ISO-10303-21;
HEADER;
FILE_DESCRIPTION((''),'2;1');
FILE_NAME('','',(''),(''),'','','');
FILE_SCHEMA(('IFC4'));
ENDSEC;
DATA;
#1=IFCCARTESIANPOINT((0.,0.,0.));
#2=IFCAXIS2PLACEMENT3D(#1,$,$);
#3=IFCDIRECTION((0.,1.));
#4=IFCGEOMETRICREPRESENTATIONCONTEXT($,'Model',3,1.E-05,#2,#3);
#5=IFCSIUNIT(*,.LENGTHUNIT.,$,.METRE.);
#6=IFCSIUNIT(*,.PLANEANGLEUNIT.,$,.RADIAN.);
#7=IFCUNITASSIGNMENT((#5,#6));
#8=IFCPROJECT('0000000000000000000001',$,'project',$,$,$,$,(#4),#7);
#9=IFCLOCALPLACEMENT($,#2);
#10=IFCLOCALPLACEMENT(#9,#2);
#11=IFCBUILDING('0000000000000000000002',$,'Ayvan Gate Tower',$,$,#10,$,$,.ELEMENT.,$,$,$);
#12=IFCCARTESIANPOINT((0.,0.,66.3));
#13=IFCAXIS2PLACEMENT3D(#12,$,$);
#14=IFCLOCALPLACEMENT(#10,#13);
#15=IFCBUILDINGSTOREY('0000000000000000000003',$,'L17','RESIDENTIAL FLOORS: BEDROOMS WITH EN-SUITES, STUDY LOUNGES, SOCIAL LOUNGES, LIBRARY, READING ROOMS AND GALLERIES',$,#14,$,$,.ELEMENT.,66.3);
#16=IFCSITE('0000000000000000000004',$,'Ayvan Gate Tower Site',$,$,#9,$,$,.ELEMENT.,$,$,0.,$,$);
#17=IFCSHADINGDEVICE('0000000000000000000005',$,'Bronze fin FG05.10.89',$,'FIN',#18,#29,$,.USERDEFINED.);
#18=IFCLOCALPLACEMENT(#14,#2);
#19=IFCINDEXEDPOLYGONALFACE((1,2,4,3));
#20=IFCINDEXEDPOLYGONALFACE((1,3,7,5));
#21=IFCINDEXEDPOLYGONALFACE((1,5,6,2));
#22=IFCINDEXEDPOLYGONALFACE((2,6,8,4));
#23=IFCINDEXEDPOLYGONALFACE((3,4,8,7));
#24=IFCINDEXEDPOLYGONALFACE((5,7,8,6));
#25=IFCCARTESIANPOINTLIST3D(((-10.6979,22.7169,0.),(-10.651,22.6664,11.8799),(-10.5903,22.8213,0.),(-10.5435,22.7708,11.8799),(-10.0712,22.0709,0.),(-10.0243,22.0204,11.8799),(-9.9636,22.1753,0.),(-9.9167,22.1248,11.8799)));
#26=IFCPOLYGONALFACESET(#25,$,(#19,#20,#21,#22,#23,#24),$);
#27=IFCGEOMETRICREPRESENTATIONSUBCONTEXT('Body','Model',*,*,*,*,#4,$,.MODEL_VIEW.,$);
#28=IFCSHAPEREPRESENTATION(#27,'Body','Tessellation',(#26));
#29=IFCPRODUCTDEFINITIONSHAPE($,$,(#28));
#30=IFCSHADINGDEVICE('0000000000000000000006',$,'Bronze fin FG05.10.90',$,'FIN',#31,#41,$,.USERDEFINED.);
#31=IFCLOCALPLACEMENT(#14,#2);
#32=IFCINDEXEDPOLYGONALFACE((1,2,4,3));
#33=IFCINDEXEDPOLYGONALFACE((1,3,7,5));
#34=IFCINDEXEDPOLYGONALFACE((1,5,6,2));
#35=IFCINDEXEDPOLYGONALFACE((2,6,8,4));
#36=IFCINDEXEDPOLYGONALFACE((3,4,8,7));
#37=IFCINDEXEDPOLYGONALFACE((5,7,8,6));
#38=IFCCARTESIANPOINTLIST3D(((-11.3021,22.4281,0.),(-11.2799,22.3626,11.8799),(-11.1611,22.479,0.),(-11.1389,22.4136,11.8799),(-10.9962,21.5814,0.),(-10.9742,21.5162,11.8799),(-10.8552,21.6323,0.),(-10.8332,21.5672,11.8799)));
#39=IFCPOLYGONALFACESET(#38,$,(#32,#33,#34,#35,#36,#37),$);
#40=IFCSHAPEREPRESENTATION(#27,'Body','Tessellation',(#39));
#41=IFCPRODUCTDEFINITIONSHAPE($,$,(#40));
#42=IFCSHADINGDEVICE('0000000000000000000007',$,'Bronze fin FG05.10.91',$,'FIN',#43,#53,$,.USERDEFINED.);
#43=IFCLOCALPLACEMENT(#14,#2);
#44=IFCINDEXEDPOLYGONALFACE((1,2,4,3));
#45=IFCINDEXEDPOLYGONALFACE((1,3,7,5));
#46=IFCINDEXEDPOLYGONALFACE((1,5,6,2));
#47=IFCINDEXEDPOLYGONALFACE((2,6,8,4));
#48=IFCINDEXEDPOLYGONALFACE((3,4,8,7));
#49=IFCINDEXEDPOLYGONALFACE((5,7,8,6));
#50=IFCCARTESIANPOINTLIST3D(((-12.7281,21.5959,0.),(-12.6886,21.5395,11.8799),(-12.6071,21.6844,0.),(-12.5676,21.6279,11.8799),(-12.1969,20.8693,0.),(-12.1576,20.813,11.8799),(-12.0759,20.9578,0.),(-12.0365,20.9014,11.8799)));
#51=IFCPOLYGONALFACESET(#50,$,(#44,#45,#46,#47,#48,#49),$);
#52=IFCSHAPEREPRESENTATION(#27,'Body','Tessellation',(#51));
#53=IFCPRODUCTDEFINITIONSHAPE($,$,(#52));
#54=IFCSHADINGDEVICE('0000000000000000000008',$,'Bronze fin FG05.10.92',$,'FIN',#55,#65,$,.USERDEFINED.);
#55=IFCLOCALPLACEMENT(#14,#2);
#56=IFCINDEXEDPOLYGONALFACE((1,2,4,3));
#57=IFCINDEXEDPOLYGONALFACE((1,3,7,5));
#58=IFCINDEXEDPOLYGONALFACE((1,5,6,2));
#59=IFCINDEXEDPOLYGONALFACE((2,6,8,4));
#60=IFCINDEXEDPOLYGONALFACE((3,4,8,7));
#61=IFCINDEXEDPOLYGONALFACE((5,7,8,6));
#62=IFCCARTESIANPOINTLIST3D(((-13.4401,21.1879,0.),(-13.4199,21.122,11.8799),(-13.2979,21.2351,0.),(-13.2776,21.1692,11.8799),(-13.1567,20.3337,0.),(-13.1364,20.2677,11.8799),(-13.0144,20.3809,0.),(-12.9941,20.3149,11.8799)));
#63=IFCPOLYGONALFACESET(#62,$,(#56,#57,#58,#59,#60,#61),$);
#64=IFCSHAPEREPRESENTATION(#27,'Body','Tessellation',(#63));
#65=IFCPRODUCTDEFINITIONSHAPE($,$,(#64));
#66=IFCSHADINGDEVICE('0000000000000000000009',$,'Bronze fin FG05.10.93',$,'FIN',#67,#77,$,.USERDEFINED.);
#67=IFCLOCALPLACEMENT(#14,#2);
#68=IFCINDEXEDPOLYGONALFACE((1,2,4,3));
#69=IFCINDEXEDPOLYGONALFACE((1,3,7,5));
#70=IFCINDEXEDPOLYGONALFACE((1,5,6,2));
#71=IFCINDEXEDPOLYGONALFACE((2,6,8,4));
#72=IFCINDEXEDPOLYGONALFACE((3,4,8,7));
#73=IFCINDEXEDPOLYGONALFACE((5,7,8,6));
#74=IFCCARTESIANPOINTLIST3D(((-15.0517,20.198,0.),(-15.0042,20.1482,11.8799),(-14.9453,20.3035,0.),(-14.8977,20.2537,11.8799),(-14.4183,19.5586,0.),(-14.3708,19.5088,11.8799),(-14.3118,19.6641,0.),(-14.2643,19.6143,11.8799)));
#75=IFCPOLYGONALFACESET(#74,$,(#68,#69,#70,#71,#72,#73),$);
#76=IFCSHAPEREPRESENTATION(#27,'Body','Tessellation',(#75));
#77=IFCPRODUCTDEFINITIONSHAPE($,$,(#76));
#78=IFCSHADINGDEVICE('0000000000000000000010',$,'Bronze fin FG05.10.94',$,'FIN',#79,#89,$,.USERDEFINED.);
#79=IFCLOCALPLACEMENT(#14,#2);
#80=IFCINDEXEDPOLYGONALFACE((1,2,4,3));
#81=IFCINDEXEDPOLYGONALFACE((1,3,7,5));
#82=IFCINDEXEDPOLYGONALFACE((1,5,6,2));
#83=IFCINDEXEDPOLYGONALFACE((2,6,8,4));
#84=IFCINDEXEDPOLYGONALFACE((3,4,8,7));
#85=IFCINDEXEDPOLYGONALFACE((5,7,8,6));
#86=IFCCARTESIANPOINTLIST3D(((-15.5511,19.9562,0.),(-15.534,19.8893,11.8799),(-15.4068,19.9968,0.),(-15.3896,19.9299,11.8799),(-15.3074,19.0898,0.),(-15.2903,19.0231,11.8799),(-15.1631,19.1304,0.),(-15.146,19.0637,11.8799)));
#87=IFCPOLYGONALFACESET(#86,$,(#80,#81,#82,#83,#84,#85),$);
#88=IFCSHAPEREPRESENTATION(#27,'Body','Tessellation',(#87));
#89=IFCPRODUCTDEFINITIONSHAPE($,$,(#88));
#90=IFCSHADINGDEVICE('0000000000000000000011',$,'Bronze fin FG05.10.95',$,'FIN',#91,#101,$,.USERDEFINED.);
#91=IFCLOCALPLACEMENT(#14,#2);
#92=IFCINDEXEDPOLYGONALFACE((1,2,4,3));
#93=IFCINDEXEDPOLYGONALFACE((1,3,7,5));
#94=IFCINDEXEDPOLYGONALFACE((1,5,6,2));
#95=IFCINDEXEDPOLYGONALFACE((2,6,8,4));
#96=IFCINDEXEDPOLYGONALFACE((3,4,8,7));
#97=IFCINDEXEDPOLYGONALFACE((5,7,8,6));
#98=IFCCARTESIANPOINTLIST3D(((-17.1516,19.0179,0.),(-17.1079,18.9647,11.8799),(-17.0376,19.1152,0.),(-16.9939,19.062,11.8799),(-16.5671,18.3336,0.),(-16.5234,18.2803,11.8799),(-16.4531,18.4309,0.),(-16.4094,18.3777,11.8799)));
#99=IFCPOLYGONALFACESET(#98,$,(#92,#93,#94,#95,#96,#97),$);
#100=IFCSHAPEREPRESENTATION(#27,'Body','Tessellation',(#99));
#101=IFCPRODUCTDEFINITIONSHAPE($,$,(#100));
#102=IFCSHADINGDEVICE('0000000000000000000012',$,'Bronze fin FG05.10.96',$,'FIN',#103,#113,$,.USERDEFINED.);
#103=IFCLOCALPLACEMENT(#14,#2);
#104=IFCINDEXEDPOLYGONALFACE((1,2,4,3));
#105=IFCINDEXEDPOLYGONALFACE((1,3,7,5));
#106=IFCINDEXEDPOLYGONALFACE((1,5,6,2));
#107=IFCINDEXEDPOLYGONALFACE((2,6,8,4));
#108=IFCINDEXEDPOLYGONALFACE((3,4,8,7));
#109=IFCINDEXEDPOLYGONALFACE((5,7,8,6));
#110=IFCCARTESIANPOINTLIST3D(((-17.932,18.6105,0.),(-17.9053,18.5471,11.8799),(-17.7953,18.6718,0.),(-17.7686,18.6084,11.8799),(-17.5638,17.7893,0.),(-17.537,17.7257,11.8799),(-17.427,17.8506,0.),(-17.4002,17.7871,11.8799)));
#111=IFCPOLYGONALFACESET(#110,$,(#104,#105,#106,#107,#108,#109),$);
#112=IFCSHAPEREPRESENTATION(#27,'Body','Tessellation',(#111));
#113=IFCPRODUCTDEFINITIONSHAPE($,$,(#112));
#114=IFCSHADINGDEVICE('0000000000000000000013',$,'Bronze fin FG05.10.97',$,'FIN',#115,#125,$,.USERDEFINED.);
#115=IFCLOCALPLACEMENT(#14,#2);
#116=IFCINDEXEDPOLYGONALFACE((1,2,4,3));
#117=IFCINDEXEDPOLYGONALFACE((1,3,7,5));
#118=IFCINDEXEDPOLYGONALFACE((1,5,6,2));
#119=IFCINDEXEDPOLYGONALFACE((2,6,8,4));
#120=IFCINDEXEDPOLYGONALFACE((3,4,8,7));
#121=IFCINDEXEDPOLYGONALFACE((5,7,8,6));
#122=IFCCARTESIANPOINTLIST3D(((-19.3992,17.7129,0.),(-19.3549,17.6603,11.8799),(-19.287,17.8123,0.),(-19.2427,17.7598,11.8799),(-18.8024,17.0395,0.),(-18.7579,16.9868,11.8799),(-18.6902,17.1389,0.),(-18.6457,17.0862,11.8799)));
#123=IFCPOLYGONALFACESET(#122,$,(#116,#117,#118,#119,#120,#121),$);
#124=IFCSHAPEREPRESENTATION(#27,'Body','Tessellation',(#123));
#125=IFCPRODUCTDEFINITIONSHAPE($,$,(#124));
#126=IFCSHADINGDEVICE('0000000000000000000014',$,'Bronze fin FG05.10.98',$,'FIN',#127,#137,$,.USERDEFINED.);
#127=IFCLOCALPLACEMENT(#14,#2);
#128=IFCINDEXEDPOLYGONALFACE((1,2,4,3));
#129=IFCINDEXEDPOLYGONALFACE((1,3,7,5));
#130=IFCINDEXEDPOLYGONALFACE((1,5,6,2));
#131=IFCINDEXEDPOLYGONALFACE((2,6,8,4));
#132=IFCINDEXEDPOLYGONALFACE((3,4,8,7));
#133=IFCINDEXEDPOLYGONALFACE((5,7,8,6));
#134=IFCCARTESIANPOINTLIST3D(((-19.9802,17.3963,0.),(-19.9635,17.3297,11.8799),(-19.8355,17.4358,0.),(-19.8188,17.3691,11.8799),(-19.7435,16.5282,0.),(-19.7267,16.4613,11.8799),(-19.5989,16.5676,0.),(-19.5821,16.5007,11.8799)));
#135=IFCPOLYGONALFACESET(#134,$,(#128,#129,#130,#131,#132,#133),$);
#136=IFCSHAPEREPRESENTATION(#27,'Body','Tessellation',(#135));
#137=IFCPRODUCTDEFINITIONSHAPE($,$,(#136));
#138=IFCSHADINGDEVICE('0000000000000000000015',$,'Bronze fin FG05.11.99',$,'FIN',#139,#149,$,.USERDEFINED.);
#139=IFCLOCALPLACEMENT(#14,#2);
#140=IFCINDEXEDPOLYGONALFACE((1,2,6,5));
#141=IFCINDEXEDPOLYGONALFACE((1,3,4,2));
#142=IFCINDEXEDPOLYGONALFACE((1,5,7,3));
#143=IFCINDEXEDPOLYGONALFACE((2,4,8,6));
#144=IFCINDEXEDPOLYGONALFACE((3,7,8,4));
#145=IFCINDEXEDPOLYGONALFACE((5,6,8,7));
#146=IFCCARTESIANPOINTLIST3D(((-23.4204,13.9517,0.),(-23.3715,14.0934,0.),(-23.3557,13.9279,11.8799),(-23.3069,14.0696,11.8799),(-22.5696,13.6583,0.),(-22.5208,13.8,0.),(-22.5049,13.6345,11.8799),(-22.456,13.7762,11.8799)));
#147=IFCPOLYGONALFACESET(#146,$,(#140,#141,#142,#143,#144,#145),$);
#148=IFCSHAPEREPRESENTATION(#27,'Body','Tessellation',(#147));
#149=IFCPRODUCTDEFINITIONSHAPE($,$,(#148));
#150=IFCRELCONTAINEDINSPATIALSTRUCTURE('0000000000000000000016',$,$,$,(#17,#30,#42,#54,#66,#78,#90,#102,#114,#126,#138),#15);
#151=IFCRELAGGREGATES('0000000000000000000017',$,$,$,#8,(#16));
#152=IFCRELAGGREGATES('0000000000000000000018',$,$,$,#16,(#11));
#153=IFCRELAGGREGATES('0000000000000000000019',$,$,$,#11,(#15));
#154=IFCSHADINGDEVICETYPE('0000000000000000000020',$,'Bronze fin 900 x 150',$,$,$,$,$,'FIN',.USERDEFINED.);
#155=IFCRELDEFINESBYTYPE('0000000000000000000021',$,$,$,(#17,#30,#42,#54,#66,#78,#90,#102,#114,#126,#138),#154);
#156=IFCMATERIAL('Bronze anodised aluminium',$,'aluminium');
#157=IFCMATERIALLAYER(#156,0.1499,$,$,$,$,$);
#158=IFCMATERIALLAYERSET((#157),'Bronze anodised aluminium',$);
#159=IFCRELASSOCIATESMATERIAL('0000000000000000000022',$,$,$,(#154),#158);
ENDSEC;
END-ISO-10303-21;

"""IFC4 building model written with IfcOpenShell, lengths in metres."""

from ifc_helpers import new_model, si_unit, direction, frame, origin, place, context, subcontext, project, spatial, polyline, outline, extrude, material, layer, layer_set, type_object, element, save


model = new_model("IFC4")

# Units and contexts
model_context = context("Model", 3, precision=1e-05, world=origin(), true_north=direction((0.0, 1.0)))
body_context = subcontext(model_context, "Body", "Model", "MODEL_VIEW")
ifc_project = project(units=[si_unit("LENGTHUNIT", "METRE"), si_unit("PLANEANGLEUNIT", "RADIAN")], contexts=[model_context])

# Site, building, storey
site_placement = place(None, origin())
site = spatial("IfcSite", under=ifc_project, at=site_placement, Name="Ayvan Gate Tower Site", CompositionType="ELEMENT", RefElevation=0.0)
building_placement = place(site_placement, origin())
building = spatial("IfcBuilding", under=site, at=building_placement, Name="Ayvan Gate Tower", CompositionType="ELEMENT")
storey_placement = place(building_placement, frame((0.0, 0.0, 66.3)))
storey = spatial("IfcBuildingStorey", under=building, at=storey_placement, Name="L17", Description="RESIDENTIAL FLOORS: BEDROOMS WITH EN-SUITES, STUDY LOUNGES, SOCIAL LOUNGES, LIBRARY, READING ROOMS AND GALLERIES", CompositionType="ELEMENT", Elevation=66.3)

# Shared definitions
ifc_material_1 = material(Name="Bronze anodised aluminium", Category="aluminium")

# Shading devices
ifc_layer_1 = layer(ifc_material_1, 0.1499)
ifc_layer_set_1 = layer_set([ifc_layer_1], Name="Bronze anodised aluminium")
shading_device_type = type_object("IfcShadingDeviceType", Name="Bronze fin 900 x 150", ElementType="FIN", PredefinedType="USERDEFINED", material=ifc_layer_set_1)
shading_device_1_placement = place(storey_placement, frame((-9.9636, 22.1753, 0.0), z_axis=(0.71774, 0.696311, 0.00013), x_axis=(-0.696311, 0.71774, 0.0)))
element("IfcShadingDevice", 1, at=shading_device_1_placement, inside=storey, type_object=shading_device_type, Name="Bronze fin FG05.10.89", ObjectType="FIN", PredefinedType="USERDEFINED", context=body_context, shape_type="SweptSolid", body=[
    extrude(outline(polyline([(0.0, 0.0), (0.9, 0.0), (0.8311, 11.8799), (-0.0689, 11.8799), (0.0, 0.0)])), origin(), (0.0, 0.0, -1.0), 0.1499),
])
shading_device_2_placement = place(storey_placement, frame((-10.8552, 21.6323, 0.0), z_axis=(0.940524, 0.339728, 0.000118), x_axis=(-0.339728, 0.940524, 0.0)))
element("IfcShadingDevice", 2, at=shading_device_2_placement, inside=storey, type_object=shading_device_type, Name="Bronze fin FG05.10.90", ObjectType="FIN", PredefinedType="USERDEFINED", context=body_context, shape_type="SweptSolid", body=[
    extrude(outline(polyline([(0.0, 0.0), (0.9002, 0.0), (0.8312, 11.8799), (-0.0688, 11.8799), (0.0, 0.0)])), origin(), (0.0, 0.0, -1.0), 0.1499),
])
shading_device_3_placement = place(storey_placement, frame((-12.0759, 20.9578, 0.0), z_axis=(0.807297, 0.590146, 0.000122), x_axis=(-0.590146, 0.807297, 0.0)))
element("IfcShadingDevice", 3, at=shading_device_3_placement, inside=storey, type_object=shading_device_type, Name="Bronze fin FG05.10.91", ObjectType="FIN", PredefinedType="USERDEFINED", context=body_context, shape_type="SweptSolid", body=[
    extrude(outline(polyline([(0.0, 0.0), (0.9001, 0.0), (0.8312, 11.8799), (-0.0687, 11.8799), (0.0, 0.0)])), origin(), (0.0, 0.0, -1.0), 0.1499),
])
shading_device_4_placement = place(storey_placement, frame((-13.0144, 20.3809, 0.0), z_axis=(0.949116, 0.314925, 0.000129), x_axis=(-0.314925, 0.949116, 0.0)))
element("IfcShadingDevice", 4, at=shading_device_4_placement, inside=storey, type_object=shading_device_type, Name="Bronze fin FG05.10.92", ObjectType="FIN", PredefinedType="USERDEFINED", context=body_context, shape_type="SweptSolid", body=[
    extrude(outline(polyline([(0.0, 0.0), (0.9, 0.0), (0.8311, 11.8799), (-0.0689, 11.8799), (0.0, 0.0)])), origin(), (0.0, 0.0, -1.0), 0.1499),
])
shading_device_5_placement = place(storey_placement, frame((-14.3118, 19.6641, 0.0), z_axis=(0.710422, 0.703776, 0.000111), x_axis=(-0.703776, 0.710422, 0.0)))
element("IfcShadingDevice", 5, at=shading_device_5_placement, inside=storey, type_object=shading_device_type, Name="Bronze fin FG05.10.93", ObjectType="FIN", PredefinedType="USERDEFINED", context=body_context, shape_type="SweptSolid", body=[
    extrude(outline(polyline([(0.0, 0.0), (0.9001, 0.0), (0.8312, 11.8799), (-0.0687, 11.8799), (0.0, 0.0)])), origin(), (0.0, 0.0, -1.0), 0.1499),
])
shading_device_6_placement = place(storey_placement, frame((-15.1631, 19.1304, 0.0), z_axis=(0.962652, 0.270742, 0.000137), x_axis=(-0.270742, 0.962652, 0.0)))
element("IfcShadingDevice", 6, at=shading_device_6_placement, inside=storey, type_object=shading_device_type, Name="Bronze fin FG05.10.94", ObjectType="FIN", PredefinedType="USERDEFINED", context=body_context, shape_type="SweptSolid", body=[
    extrude(outline(polyline([(0.0, 0.0), (0.9001, 0.0), (0.831, 11.8799), (-0.0688, 11.8799), (0.0, 0.0)])), origin(), (0.0, 0.0, -1.0), 0.1499),
])
shading_device_7_placement = place(storey_placement, frame((-16.4531, 18.4309, 0.0), z_axis=(0.760404, 0.64945, 0.000112), x_axis=(-0.64945, 0.760404, 0.0)))
element("IfcShadingDevice", 7, at=shading_device_7_placement, inside=storey, type_object=shading_device_type, Name="Bronze fin FG05.10.95", ObjectType="FIN", PredefinedType="USERDEFINED", context=body_context, shape_type="SweptSolid", body=[
    extrude(outline(polyline([(0.0, 0.0), (0.9, 0.0), (0.8311, 11.8799), (-0.0689, 11.8799), (0.0, 0.0)])), origin(), (0.0, 0.0, -1.0), 0.1499),
])
shading_device_8_placement = place(storey_placement, frame((-17.427, 17.8506, 0.0), z_axis=(0.912459, 0.409169, 0.000133), x_axis=(-0.409169, 0.912459, 0.0)))
element("IfcShadingDevice", 8, at=shading_device_8_placement, inside=storey, type_object=shading_device_type, Name="Bronze fin FG05.10.96", ObjectType="FIN", PredefinedType="USERDEFINED", context=body_context, shape_type="SweptSolid", body=[
    extrude(outline(polyline([(0.0, 0.0), (0.9, 0.0), (0.8312, 11.8799), (-0.0689, 11.8799), (0.0, 0.0)])), origin(), (0.0, 0.0, -1.0), 0.1499),
])
shading_device_9_placement = place(storey_placement, frame((-18.6902, 17.1389, 0.0), z_axis=(0.748352, 0.663302, 0.000139), x_axis=(-0.663302, 0.748352, 0.0)))
element("IfcShadingDevice", 9, at=shading_device_9_placement, inside=storey, type_object=shading_device_type, Name="Bronze fin FG05.10.97", ObjectType="FIN", PredefinedType="USERDEFINED", context=body_context, shape_type="SweptSolid", body=[
    extrude(outline(polyline([(0.0, 0.0), (0.8998, 0.0), (0.8311, 11.8799), (-0.0689, 11.8799), (0.0, 0.0)])), origin(), (0.0, 0.0, -1.0), 0.1499),
])
shading_device_10_placement = place(storey_placement, frame((-19.5989, 16.5676, 0.0), z_axis=(0.964795, 0.263003, 0.00012), x_axis=(-0.263003, 0.964795, 0.0)))
element("IfcShadingDevice", 10, at=shading_device_10_placement, inside=storey, type_object=shading_device_type, Name="Bronze fin FG05.10.98", ObjectType="FIN", PredefinedType="USERDEFINED", context=body_context, shape_type="SweptSolid", body=[
    extrude(outline(polyline([(0.0, 0.0), (0.8998, 0.0), (0.8311, 11.8799), (-0.069, 11.8799), (0.0, 0.0)])), origin(), (0.0, 0.0, -1.0), 0.1499),
])
shading_device_11_placement = place(storey_placement, frame((-22.5208, 13.8, 0.0), z_axis=(0.325936, 0.945392, 0.000119), x_axis=(-0.945392, 0.325936, 0.0)))
element("IfcShadingDevice", 11, at=shading_device_11_placement, inside=storey, type_object=shading_device_type, Name="Bronze fin FG05.11.99", ObjectType="FIN", PredefinedType="USERDEFINED", context=body_context, shape_type="SweptSolid", body=[
    extrude(outline(polyline([(0.0, 0.0), (0.8999, 0.0), (0.8311, 11.8799), (-0.069, 11.8799), (0.0, 0.0)])), origin(), (0.0, 0.0, -1.0), 0.1499),
])

save(model, "model.ifc")
